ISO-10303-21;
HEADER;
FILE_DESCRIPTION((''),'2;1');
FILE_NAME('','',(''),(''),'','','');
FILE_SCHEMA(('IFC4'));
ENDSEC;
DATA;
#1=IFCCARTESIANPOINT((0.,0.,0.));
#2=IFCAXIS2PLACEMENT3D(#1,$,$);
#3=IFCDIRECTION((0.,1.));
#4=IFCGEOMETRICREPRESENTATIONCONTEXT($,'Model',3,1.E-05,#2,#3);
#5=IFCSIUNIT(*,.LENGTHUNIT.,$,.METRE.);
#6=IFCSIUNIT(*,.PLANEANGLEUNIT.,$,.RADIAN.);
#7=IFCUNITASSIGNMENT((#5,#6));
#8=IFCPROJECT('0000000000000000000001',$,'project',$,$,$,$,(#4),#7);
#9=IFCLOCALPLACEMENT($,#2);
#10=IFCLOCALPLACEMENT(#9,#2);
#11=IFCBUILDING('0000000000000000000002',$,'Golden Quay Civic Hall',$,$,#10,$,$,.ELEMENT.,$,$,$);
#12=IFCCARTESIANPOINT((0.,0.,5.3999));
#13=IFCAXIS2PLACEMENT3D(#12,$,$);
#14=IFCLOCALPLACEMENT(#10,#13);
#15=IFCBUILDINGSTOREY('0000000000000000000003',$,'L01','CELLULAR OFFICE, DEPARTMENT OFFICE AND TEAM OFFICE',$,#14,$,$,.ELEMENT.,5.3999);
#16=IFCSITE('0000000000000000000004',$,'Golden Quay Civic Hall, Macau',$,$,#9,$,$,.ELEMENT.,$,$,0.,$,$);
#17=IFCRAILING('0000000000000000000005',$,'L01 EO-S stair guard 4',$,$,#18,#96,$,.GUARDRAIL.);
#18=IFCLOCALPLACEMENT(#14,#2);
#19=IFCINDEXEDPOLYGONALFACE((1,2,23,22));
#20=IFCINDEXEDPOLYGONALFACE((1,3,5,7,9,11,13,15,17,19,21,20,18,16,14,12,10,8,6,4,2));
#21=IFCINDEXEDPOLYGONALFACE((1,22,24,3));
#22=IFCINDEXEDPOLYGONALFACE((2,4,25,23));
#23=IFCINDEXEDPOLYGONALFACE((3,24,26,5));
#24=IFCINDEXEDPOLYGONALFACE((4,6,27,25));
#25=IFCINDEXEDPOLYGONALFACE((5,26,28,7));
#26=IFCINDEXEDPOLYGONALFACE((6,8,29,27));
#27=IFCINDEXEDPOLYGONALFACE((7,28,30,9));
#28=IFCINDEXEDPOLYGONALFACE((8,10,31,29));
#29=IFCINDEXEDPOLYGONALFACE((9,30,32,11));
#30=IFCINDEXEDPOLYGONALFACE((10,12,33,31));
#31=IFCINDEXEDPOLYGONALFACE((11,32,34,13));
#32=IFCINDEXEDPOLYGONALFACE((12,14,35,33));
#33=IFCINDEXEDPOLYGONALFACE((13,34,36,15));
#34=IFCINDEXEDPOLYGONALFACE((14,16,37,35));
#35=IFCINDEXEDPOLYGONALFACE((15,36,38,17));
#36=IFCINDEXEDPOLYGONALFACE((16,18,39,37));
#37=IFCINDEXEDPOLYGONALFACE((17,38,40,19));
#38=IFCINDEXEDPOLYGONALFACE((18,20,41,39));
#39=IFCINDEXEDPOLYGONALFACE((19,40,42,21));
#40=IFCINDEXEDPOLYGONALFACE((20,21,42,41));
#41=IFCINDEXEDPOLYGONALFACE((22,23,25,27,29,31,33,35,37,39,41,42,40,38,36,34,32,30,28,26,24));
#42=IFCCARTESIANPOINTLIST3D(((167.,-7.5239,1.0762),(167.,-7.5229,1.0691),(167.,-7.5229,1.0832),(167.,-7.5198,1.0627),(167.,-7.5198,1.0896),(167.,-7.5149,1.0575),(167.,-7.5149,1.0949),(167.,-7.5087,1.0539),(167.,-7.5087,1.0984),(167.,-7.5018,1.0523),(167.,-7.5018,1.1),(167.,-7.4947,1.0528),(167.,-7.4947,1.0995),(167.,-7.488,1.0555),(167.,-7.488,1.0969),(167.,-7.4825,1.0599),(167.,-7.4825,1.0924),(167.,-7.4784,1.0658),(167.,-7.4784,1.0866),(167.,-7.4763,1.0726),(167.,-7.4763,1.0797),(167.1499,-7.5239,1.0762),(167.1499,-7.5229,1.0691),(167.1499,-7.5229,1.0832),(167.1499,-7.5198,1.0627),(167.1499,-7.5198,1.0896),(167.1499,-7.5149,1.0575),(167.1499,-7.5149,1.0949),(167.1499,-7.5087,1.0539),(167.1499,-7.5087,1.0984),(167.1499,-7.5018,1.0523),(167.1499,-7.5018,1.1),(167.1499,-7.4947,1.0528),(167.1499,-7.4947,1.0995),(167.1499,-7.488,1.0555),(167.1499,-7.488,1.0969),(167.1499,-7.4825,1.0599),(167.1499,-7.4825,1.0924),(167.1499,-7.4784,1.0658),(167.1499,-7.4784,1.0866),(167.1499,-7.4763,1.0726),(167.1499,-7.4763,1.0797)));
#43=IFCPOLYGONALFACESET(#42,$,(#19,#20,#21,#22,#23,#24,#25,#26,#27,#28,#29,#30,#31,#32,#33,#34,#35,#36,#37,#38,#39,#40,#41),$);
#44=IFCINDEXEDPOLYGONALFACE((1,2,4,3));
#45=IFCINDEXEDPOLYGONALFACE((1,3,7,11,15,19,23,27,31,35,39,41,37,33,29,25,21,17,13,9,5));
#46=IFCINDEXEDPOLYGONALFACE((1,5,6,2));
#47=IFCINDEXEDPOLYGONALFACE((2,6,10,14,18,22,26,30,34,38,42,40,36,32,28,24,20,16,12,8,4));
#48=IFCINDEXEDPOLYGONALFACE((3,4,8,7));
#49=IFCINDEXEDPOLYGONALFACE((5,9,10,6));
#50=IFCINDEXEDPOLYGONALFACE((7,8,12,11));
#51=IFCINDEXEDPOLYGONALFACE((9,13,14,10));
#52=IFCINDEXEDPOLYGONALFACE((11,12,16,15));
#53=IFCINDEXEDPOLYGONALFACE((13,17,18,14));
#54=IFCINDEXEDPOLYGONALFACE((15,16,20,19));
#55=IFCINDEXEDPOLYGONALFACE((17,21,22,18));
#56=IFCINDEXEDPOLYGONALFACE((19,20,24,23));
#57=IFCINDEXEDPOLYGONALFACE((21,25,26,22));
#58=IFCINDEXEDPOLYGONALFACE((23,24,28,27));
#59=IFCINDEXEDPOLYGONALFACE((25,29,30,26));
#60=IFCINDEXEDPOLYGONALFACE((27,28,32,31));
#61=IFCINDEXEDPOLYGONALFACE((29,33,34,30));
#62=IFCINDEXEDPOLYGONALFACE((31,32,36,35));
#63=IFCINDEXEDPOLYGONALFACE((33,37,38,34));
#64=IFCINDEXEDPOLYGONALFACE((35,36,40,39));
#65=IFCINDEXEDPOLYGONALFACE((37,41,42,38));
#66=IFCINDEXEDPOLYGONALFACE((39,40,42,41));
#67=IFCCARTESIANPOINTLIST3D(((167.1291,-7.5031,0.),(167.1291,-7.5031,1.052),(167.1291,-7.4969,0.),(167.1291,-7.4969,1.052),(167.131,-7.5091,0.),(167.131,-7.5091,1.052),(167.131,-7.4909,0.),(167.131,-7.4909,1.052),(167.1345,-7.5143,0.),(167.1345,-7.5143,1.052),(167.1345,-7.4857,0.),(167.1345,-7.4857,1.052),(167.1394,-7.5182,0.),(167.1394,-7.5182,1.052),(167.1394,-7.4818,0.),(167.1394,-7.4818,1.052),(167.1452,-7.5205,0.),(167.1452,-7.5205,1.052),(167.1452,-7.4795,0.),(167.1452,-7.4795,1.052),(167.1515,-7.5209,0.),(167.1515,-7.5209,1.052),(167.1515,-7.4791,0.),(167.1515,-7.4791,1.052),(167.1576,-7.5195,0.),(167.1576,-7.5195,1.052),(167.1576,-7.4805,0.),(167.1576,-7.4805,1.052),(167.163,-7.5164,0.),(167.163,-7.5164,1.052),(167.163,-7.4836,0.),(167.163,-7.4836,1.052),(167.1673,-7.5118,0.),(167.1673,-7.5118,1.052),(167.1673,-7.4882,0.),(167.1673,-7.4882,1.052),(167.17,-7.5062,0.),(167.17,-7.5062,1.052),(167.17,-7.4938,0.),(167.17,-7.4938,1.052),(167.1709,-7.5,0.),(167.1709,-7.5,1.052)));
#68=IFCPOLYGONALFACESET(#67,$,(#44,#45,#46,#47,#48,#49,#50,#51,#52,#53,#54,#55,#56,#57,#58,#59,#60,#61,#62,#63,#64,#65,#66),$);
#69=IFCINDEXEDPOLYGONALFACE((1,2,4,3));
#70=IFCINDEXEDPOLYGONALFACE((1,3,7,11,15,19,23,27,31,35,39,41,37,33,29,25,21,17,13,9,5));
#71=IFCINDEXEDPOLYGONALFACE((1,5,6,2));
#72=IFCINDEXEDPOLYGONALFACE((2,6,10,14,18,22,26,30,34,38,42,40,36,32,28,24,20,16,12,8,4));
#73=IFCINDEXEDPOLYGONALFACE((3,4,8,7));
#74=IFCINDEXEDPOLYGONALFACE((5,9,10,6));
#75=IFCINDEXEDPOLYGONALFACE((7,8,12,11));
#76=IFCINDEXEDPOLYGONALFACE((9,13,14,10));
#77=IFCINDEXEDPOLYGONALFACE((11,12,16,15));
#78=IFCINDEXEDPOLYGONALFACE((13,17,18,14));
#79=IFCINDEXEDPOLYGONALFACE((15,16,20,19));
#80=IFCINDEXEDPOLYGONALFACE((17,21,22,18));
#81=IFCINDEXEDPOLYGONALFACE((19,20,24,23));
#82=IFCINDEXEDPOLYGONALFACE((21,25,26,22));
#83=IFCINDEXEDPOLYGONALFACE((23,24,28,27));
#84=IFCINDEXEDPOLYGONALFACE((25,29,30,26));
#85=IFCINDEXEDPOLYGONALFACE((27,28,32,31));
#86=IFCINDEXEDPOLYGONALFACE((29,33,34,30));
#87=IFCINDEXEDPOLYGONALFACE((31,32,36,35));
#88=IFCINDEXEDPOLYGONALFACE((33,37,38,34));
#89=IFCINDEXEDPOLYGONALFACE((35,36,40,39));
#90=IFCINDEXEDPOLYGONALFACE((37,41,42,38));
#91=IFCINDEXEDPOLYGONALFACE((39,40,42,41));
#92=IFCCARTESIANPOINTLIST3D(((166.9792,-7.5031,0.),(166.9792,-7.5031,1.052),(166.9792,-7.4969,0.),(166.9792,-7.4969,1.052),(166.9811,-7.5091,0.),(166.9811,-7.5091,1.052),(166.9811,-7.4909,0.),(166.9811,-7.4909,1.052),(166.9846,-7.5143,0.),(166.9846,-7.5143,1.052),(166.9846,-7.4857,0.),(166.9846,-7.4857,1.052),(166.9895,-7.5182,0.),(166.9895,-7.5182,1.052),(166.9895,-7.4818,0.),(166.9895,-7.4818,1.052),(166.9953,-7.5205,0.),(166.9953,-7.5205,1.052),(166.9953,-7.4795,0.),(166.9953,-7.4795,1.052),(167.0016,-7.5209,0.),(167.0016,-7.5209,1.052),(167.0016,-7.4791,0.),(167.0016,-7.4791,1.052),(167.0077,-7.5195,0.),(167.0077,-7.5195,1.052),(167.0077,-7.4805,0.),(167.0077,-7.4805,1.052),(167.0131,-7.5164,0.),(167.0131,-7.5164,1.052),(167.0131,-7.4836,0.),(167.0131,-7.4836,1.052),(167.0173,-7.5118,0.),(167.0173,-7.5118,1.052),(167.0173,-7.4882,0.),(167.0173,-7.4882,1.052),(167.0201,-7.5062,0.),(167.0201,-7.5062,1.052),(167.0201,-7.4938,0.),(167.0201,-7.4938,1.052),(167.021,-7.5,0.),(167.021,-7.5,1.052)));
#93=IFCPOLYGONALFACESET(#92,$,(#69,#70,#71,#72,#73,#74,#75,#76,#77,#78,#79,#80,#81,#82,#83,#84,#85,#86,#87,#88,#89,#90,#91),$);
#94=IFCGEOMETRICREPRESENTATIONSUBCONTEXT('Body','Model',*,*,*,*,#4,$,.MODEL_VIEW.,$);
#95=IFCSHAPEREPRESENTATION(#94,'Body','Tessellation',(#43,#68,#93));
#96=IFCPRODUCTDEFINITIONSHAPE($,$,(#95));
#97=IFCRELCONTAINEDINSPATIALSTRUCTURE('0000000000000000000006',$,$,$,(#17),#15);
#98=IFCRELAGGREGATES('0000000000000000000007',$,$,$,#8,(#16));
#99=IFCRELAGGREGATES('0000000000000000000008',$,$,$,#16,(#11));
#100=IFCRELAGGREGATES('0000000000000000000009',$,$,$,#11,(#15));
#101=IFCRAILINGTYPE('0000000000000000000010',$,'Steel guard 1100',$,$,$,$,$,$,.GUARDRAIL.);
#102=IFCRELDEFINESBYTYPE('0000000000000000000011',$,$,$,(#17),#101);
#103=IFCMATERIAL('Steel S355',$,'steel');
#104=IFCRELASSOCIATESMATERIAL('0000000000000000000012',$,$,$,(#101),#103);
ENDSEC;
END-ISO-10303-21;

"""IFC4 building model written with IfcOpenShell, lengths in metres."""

from ifc_helpers import new_model, si_unit, direction, frame, origin, origin_2d, place, context, subcontext, project, spatial, circle, extrude, material, type_object, element, save


model = new_model("IFC4")

# Units and contexts
model_context = context("Model", 3, precision=1e-05, world=origin(), true_north=direction((0.0, 1.0)))
body_context = subcontext(model_context, "Body", "Model", "MODEL_VIEW")
ifc_project = project(units=[si_unit("LENGTHUNIT", "METRE"), si_unit("PLANEANGLEUNIT", "RADIAN")], contexts=[model_context])

# Site, building, storey
site_placement = place(None, origin())
site = spatial("IfcSite", under=ifc_project, at=site_placement, Name="Golden Quay Civic Hall, Macau", CompositionType="ELEMENT", RefElevation=0.0)
building_placement = place(site_placement, origin())
building = spatial("IfcBuilding", under=site, at=building_placement, Name="Golden Quay Civic Hall", CompositionType="ELEMENT")
storey_placement = place(building_placement, frame((0.0, 0.0, 5.3999)))
storey = spatial("IfcBuildingStorey", under=building, at=storey_placement, Name="L01", Description="CELLULAR OFFICE, DEPARTMENT OFFICE AND TEAM OFFICE", CompositionType="ELEMENT", Elevation=5.3999)

# Railing
ifc_material_1 = material(Name="Steel S355", Category="steel")
railing_type_1 = type_object("IfcRailingType", Name="Steel guard 1100", PredefinedType="GUARDRAIL", material=ifc_material_1)
railing_1_placement = place(storey_placement, frame((167.1499, -7.5, 0.0)))
element("IfcRailing", 1, at=railing_1_placement, inside=storey, type_object=railing_type_1, Name="L01 EO-S stair guard 4", PredefinedType="GUARDRAIL", context=body_context, shape_type="SweptSolid", body=[
    extrude(circle(Radius=0.0239, at=origin_2d()), frame((0.0, 0.0, 1.0762), z_axis=(-1.0, 0.0, 0.0), x_axis=(0.0, -1.0, 0.0)), (0.0, 0.0, 1.0), 0.1499),
    extrude(circle(Radius=0.021, at=origin_2d()), origin(), (0.0, 0.0, 1.0), 1.052),
    extrude(circle(Radius=0.021, at=origin_2d()), frame((-0.1499, 0.0, 0.0)), (0.0, 0.0, 1.0), 1.052),
])

save(model, "model.ifc")
